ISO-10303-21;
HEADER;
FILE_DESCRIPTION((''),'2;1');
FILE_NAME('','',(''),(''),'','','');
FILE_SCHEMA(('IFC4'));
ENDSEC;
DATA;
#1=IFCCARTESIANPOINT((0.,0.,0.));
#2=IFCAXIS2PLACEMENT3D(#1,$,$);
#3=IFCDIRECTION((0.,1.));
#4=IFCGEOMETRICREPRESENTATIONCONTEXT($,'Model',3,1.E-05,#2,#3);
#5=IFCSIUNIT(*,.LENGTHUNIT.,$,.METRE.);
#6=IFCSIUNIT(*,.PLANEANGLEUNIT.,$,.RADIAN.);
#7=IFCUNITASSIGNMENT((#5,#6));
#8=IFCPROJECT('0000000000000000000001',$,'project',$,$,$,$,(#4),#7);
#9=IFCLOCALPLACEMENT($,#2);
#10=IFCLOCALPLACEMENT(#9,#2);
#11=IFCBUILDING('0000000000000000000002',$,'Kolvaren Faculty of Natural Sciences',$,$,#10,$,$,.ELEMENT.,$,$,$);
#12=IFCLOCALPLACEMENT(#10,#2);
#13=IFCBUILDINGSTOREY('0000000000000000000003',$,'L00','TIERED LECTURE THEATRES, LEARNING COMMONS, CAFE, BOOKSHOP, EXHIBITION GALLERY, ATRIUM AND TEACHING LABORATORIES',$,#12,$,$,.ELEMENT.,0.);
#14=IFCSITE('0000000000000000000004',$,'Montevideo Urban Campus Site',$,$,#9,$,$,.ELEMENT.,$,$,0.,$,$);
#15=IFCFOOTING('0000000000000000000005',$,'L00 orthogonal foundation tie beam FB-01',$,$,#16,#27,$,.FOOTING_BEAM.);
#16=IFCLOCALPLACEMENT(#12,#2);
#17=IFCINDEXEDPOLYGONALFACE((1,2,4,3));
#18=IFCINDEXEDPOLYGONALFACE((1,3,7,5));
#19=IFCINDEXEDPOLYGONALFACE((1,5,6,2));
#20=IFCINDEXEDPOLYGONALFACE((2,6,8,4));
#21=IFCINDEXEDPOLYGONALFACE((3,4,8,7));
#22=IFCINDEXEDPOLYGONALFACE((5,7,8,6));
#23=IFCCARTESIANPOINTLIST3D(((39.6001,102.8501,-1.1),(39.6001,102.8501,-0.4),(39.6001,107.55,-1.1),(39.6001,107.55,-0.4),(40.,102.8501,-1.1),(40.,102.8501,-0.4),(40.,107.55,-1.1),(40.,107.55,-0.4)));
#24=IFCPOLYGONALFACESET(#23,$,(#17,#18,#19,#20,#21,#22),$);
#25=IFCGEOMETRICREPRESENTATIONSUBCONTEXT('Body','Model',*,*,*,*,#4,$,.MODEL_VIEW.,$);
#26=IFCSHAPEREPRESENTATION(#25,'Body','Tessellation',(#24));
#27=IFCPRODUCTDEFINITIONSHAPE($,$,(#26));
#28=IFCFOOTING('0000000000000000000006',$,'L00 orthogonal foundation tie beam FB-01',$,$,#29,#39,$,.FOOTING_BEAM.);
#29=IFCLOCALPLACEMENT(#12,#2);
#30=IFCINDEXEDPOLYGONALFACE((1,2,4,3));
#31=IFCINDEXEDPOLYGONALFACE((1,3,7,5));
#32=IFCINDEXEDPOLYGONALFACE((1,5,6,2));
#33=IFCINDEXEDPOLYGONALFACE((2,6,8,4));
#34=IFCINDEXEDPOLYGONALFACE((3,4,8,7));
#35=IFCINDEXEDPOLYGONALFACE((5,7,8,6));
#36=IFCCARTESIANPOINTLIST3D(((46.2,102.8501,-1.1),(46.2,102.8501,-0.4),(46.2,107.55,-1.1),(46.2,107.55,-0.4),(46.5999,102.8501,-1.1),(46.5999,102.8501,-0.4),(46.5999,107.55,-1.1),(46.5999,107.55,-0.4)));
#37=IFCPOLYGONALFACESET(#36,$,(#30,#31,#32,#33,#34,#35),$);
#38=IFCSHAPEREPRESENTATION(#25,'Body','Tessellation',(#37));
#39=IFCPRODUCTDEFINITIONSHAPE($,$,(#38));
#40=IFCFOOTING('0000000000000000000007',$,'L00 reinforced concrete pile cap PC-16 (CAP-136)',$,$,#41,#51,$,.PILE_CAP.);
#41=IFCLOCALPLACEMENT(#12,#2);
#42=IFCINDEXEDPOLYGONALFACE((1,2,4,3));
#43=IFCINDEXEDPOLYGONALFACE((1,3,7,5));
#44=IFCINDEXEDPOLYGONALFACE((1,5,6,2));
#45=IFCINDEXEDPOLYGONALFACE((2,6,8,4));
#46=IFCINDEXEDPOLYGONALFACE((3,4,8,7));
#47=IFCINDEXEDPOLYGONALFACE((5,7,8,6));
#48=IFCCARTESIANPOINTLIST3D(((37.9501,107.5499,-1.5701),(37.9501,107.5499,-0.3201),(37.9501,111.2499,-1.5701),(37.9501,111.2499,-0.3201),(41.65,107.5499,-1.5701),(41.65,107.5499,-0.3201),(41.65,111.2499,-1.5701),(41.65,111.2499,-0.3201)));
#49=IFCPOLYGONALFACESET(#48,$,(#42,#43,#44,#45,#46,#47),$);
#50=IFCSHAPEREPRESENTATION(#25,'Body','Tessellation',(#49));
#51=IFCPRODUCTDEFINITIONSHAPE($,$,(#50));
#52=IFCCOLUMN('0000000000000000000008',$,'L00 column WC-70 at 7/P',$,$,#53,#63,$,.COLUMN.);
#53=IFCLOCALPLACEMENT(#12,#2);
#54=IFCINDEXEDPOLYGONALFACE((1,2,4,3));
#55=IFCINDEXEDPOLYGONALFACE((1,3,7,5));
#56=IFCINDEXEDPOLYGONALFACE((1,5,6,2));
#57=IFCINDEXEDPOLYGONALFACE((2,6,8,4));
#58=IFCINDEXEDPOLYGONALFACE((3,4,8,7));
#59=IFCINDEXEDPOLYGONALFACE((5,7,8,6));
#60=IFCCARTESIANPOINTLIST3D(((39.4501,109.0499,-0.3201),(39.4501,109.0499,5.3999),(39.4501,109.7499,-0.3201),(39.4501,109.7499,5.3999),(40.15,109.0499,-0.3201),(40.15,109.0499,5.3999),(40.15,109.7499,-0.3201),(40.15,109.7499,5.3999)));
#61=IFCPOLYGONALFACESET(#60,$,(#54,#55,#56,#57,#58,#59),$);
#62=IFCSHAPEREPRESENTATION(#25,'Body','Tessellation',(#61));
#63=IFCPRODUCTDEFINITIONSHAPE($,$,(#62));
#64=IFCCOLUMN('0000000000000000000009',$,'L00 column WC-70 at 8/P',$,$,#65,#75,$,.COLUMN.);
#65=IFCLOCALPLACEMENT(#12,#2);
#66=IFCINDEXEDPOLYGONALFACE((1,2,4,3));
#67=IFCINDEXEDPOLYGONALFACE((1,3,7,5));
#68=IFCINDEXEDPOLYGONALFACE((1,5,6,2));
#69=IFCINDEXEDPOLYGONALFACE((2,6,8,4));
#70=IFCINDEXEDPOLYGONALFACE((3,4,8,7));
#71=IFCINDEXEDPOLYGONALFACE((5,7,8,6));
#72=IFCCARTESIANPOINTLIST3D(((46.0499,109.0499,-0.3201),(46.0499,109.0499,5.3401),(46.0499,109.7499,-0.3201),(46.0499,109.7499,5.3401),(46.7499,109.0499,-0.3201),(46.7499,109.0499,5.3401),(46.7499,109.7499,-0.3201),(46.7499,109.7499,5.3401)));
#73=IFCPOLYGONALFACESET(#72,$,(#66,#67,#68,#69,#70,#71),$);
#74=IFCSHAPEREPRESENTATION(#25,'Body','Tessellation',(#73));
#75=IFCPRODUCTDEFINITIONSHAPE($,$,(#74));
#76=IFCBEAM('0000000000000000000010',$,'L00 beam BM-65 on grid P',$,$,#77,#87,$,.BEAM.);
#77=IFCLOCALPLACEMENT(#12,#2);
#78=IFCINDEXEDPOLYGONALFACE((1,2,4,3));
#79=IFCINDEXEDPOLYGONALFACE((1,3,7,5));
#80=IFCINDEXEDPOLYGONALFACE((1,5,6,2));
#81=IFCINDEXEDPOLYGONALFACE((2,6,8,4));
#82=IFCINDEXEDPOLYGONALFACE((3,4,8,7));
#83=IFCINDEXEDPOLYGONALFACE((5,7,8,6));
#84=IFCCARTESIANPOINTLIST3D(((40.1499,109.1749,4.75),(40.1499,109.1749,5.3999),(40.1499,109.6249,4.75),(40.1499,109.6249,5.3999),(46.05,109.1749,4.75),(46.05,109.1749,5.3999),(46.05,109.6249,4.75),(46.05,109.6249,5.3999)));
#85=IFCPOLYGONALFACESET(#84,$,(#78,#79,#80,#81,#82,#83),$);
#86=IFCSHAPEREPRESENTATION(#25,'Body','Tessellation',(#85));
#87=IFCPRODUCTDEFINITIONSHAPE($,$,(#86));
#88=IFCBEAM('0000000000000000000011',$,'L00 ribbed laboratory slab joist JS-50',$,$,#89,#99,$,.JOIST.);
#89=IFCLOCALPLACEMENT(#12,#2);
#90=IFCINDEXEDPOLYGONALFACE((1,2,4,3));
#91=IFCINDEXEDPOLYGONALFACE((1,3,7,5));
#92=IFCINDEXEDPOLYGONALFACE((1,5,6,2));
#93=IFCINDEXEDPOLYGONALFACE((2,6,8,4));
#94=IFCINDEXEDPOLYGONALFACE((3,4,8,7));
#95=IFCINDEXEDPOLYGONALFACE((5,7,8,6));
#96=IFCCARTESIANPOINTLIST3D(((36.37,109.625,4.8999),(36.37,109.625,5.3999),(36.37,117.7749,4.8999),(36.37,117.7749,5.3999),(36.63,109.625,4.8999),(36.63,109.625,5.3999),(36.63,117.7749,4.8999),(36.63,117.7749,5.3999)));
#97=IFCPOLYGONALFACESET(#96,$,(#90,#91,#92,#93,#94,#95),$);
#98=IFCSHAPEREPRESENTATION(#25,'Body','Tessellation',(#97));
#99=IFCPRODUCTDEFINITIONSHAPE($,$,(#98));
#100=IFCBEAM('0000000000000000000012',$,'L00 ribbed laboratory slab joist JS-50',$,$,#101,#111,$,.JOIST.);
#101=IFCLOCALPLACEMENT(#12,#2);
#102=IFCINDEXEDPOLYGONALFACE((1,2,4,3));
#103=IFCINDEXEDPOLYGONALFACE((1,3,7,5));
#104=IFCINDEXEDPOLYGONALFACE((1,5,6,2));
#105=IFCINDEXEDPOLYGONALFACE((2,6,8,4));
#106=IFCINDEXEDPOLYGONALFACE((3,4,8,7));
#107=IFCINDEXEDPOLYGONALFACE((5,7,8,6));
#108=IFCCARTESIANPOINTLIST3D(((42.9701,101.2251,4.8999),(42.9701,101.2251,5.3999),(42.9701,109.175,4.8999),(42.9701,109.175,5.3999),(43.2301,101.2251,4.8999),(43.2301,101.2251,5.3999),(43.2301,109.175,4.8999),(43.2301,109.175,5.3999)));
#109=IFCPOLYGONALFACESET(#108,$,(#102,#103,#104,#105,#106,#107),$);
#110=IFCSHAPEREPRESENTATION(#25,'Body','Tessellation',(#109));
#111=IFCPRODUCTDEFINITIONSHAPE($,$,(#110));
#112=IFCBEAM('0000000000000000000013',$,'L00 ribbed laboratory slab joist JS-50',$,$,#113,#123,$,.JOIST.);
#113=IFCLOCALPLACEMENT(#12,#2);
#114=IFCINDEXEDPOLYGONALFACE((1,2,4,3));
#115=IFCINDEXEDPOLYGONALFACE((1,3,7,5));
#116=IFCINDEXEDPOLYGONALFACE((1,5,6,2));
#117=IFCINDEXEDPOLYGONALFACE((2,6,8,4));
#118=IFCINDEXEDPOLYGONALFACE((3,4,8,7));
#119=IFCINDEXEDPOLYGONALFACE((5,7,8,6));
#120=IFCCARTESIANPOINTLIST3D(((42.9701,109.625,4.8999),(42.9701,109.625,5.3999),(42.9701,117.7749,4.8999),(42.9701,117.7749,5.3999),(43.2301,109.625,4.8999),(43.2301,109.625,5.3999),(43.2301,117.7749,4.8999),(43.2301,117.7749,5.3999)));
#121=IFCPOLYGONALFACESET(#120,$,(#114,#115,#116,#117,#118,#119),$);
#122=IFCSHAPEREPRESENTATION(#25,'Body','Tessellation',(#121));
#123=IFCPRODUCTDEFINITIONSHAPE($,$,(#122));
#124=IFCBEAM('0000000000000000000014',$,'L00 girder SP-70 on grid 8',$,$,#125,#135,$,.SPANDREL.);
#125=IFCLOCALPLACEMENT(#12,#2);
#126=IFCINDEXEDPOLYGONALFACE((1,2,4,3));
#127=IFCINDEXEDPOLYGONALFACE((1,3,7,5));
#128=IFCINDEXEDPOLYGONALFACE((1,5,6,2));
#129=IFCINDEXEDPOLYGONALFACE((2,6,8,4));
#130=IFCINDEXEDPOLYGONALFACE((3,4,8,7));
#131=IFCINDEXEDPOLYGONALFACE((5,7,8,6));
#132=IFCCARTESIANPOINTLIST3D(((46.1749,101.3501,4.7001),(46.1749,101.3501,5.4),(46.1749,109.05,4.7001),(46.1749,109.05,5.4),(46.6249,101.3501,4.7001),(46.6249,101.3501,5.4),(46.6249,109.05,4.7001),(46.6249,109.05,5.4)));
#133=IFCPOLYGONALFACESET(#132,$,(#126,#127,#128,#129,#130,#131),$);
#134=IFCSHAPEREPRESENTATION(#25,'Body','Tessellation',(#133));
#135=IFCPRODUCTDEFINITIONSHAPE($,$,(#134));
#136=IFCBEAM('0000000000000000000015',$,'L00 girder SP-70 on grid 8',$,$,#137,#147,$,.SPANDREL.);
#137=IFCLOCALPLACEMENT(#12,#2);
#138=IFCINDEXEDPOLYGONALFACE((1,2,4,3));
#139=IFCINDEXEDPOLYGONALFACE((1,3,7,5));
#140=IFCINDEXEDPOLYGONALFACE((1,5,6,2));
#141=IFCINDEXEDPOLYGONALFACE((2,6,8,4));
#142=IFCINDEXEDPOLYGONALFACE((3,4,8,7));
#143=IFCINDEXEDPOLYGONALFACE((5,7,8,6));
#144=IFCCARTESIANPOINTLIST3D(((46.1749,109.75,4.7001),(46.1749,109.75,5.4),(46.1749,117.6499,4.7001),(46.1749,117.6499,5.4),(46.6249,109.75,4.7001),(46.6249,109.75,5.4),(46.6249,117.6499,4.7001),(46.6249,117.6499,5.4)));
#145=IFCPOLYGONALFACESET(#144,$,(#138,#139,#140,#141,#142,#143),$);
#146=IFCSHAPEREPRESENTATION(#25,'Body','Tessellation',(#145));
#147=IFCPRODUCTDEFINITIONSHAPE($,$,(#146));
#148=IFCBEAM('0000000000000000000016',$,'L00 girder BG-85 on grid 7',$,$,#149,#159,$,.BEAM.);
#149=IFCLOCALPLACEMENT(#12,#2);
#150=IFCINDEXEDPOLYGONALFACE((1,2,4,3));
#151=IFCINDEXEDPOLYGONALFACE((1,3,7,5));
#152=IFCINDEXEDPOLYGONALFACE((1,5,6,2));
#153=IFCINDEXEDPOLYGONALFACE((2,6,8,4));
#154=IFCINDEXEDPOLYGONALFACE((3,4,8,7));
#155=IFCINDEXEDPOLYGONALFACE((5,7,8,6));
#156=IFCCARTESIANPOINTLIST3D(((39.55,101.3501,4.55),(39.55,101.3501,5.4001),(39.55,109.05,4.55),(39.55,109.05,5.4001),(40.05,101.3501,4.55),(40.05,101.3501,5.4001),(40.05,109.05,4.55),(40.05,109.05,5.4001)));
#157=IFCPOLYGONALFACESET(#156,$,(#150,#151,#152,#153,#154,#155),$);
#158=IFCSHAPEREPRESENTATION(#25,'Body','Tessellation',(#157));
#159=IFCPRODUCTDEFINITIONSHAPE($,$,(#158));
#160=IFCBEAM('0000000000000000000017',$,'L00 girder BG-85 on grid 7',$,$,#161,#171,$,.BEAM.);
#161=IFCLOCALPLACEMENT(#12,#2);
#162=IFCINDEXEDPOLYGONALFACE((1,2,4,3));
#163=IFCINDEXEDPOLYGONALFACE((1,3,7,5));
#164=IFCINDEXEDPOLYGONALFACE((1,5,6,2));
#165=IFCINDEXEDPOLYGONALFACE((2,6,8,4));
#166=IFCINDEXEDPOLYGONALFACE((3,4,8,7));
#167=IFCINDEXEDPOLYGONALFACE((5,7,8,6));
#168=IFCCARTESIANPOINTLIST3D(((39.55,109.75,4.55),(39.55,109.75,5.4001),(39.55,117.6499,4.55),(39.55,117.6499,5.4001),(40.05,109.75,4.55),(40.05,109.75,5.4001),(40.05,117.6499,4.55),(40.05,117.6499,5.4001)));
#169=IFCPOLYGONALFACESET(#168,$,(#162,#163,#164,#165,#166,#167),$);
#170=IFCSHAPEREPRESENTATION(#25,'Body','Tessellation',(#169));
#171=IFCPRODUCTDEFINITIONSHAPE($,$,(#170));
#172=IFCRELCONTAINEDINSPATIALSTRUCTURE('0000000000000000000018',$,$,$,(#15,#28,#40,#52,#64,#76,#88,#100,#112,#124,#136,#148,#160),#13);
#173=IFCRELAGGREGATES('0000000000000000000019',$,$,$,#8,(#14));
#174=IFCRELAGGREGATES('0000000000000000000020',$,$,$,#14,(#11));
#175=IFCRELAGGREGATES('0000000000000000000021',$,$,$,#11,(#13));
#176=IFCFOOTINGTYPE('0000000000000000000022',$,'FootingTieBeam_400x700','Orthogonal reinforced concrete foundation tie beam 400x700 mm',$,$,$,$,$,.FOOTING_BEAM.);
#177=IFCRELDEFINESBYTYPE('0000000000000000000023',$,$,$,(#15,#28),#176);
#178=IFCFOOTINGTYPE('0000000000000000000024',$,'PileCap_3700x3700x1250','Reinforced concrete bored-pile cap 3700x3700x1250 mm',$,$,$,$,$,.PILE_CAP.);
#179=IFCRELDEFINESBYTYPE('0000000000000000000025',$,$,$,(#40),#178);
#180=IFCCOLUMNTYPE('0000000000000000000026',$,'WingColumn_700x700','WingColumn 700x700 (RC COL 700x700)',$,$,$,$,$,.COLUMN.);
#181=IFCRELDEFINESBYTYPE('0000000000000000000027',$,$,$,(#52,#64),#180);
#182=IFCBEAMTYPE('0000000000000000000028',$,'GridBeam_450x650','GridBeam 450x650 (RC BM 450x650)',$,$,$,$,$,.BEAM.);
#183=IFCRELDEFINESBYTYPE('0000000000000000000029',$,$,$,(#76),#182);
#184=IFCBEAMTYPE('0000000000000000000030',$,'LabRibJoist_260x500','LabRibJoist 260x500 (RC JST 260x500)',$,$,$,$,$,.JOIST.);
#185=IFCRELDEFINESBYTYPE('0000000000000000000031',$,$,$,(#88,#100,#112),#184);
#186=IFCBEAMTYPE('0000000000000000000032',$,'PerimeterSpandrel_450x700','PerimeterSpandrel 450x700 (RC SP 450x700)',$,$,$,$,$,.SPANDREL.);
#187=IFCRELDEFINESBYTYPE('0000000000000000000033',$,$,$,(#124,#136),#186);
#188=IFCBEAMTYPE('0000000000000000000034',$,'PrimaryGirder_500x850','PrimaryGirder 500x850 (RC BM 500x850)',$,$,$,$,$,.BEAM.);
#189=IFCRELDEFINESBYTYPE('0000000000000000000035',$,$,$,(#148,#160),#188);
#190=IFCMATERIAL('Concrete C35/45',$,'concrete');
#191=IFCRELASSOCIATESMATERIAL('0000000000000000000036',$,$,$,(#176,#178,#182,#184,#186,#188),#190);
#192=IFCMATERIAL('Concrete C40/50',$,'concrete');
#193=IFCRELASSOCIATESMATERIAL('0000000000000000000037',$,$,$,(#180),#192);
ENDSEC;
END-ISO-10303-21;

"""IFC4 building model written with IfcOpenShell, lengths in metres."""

from ifc_helpers import new_model, si_unit, direction, frame, origin, origin_2d, place, context, subcontext, project, spatial, rectangle, extrude, material, material_profile, profile_set, type_object, element, save


model = new_model("IFC4")

# Units and contexts
model_context = context("Model", 3, precision=1e-05, world=origin(), true_north=direction((0.0, 1.0)))
body_context = subcontext(model_context, "Body", "Model", "MODEL_VIEW")
ifc_project = project(units=[si_unit("LENGTHUNIT", "METRE"), si_unit("PLANEANGLEUNIT", "RADIAN")], contexts=[model_context])

# Site, building, storey
site_placement = place(None, origin())
site = spatial("IfcSite", under=ifc_project, at=site_placement, Name="Montevideo Urban Campus Site", CompositionType="ELEMENT", RefElevation=0.0)
building_placement = place(site_placement, origin())
building = spatial("IfcBuilding", under=site, at=building_placement, Name="Kolvaren Faculty of Natural Sciences", CompositionType="ELEMENT")
storey_placement = place(building_placement, origin())
storey = spatial("IfcBuildingStorey", under=building, at=storey_placement, Name="L00", Description="TIERED LECTURE THEATRES, LEARNING COMMONS, CAFE, BOOKSHOP, EXHIBITION GALLERY, ATRIUM AND TEACHING LABORATORIES", CompositionType="ELEMENT", Elevation=0.0)

# Shared definitions
ifc_material_1 = material(Name="Concrete C35/45", Category="concrete")

# Footings
ifc_material_profile_1 = material_profile(ifc_material_1, rectangle(XDim=0.3999, YDim=0.7, at=origin_2d()), Name="RC FB 400x700")
ifc_profile_set_1 = profile_set([ifc_material_profile_1], Name="Concrete C35/45")
footing_type_1 = type_object("IfcFootingType", Name="FootingTieBeam_400x700", Description="Orthogonal reinforced concrete foundation tie beam 400x700 mm", PredefinedType="FOOTING_BEAM", material=ifc_profile_set_1)
for number, where, z_axis, x_axis, name in (
    (1, (39.8, 102.8501, -0.75), (0.0, 1.0, 0.0), (-1.0, 0.0, 0.0), "L00 orthogonal foundation tie beam FB-01"),
    (2, (46.3999, 102.8501, -0.75), (0.0, 1.0, 0.0), (-1.0, 0.0, 0.0), "L00 orthogonal foundation tie beam FB-01"),
):
    element("IfcFooting", number, at=place(storey_placement, frame(where, z_axis=z_axis, x_axis=x_axis)), inside=storey, type_object=footing_type_1, Name=name, PredefinedType="FOOTING_BEAM", context=body_context, shape_type="SweptSolid", body=[
        extrude(rectangle(XDim=0.3999, YDim=0.7, at=origin_2d()), origin(), (0.0, 0.0, 1.0), 4.7),
    ])
footing_type_2 = type_object("IfcFootingType", Name="PileCap_3700x3700x1250", Description="Reinforced concrete bored-pile cap 3700x3700x1250 mm", PredefinedType="PILE_CAP", material=ifc_material_1)
footing_1_placement = place(storey_placement, frame((39.8, 109.3999, -1.5701), z_axis=(0.0, 0.0, 1.0), x_axis=(1.0, 0.0, 0.0)))
element("IfcFooting", 3, at=footing_1_placement, inside=storey, type_object=footing_type_2, Name="L00 reinforced concrete pile cap PC-16 (CAP-136)", PredefinedType="PILE_CAP", context=body_context, shape_type="SweptSolid", body=[
    extrude(rectangle(XDim=3.7, YDim=3.7, at=origin_2d()), origin(), (0.0, 0.0, 1.0), 1.25),
])

# Columns
ifc_material_2 = material(Name="Concrete C40/50", Category="concrete")
ifc_material_profile_2 = material_profile(ifc_material_2, rectangle(XDim=0.7, YDim=0.7, at=origin_2d()), Name="RC COL 700x700")
ifc_profile_set_2 = profile_set([ifc_material_profile_2], Name="Concrete C40/50")
column_type = type_object("IfcColumnType", Name="WingColumn_700x700", Description="WingColumn 700x700 (RC COL 700x700)", PredefinedType="COLUMN", material=ifc_profile_set_2)
column_1_placement = place(storey_placement, frame((39.8, 109.3999, -0.3201), z_axis=(0.0, 0.0, 1.0), x_axis=(1.0, 0.0, 0.0)))
element("IfcColumn", 4, at=column_1_placement, inside=storey, type_object=column_type, Name="L00 column WC-70 at 7/P", PredefinedType="COLUMN", context=body_context, shape_type="SweptSolid", body=[
    extrude(rectangle(XDim=0.7, YDim=0.7, at=origin_2d()), origin(), (0.0, 0.0, 1.0), 5.72),
])
column_2_placement = place(storey_placement, frame((46.3999, 109.3999, -0.3201), z_axis=(0.0, 0.0, 1.0), x_axis=(1.0, 0.0, 0.0)))
element("IfcColumn", 5, at=column_2_placement, inside=storey, type_object=column_type, Name="L00 column WC-70 at 8/P", PredefinedType="COLUMN", context=body_context, shape_type="SweptSolid", body=[
    extrude(rectangle(XDim=0.7, YDim=0.7, at=origin_2d()), origin(), (0.0, 0.0, 1.0), 5.6602),
])

# Beams
ifc_material_profile_3 = material_profile(ifc_material_1, rectangle(XDim=0.45, YDim=0.6499, at=origin_2d()), Name="RC BM 450x650")
ifc_profile_set_3 = profile_set([ifc_material_profile_3], Name="Concrete C35/45")
beam_type_1 = type_object("IfcBeamType", Name="GridBeam_450x650", Description="GridBeam 450x650 (RC BM 450x650)", PredefinedType="BEAM", material=ifc_profile_set_3)
beam_1_placement = place(storey_placement, frame((40.1499, 109.3999, 5.075), z_axis=(1.0, 0.0, 0.0), x_axis=(0.0, 1.0, 0.0)))
element("IfcBeam", 6, at=beam_1_placement, inside=storey, type_object=beam_type_1, Name="L00 beam BM-65 on grid P", PredefinedType="BEAM", context=body_context, shape_type="SweptSolid", body=[
    extrude(rectangle(XDim=0.45, YDim=0.6499, at=origin_2d()), origin(), (0.0, 0.0, 1.0), 5.9001),
])
ifc_material_profile_4 = material_profile(ifc_material_1, rectangle(XDim=0.26, YDim=0.5, at=origin_2d()), Name="RC JST 260x500")
ifc_profile_set_4 = profile_set([ifc_material_profile_4], Name="Concrete C35/45")
beam_type_2 = type_object("IfcBeamType", Name="LabRibJoist_260x500", Description="LabRibJoist 260x500 (RC JST 260x500)", PredefinedType="JOIST", material=ifc_profile_set_4)
beam_2_placement = place(storey_placement, frame((36.5, 109.625, 5.1499), z_axis=(0.0, 1.0, 0.0), x_axis=(-1.0, 0.0, 0.0)))
element("IfcBeam", 7, at=beam_2_placement, inside=storey, type_object=beam_type_2, Name="L00 ribbed laboratory slab joist JS-50", PredefinedType="JOIST", context=body_context, shape_type="SweptSolid", body=[
    extrude(rectangle(XDim=0.26, YDim=0.5, at=origin_2d()), origin(), (0.0, 0.0, 1.0), 8.1499),
])
beam_3_placement = place(storey_placement, frame((43.1001, 101.2251, 5.1499), z_axis=(0.0, 1.0, 0.0), x_axis=(-1.0, 0.0, 0.0)))
element("IfcBeam", 8, at=beam_3_placement, inside=storey, type_object=beam_type_2, Name="L00 ribbed laboratory slab joist JS-50", PredefinedType="JOIST", context=body_context, shape_type="SweptSolid", body=[
    extrude(rectangle(XDim=0.26, YDim=0.5, at=origin_2d()), origin(), (0.0, 0.0, 1.0), 7.95),
])
beam_4_placement = place(storey_placement, frame((43.1001, 109.625, 5.1499), z_axis=(0.0, 1.0, 0.0), x_axis=(-1.0, 0.0, 0.0)))
element("IfcBeam", 9, at=beam_4_placement, inside=storey, type_object=beam_type_2, Name="L00 ribbed laboratory slab joist JS-50", PredefinedType="JOIST", context=body_context, shape_type="SweptSolid", body=[
    extrude(rectangle(XDim=0.26, YDim=0.5, at=origin_2d()), origin(), (0.0, 0.0, 1.0), 8.1499),
])
ifc_material_profile_5 = material_profile(ifc_material_1, rectangle(XDim=0.45, YDim=0.7, at=origin_2d()), Name="RC SP 450x700")
ifc_profile_set_5 = profile_set([ifc_material_profile_5], Name="Concrete C35/45")
beam_type_3 = type_object("IfcBeamType", Name="PerimeterSpandrel_450x700", Description="PerimeterSpandrel 450x700 (RC SP 450x700)", PredefinedType="SPANDREL", material=ifc_profile_set_5)
beam_5_placement = place(storey_placement, frame((46.3999, 101.3501, 5.05), z_axis=(0.0, 1.0, 0.0), x_axis=(-1.0, 0.0, 0.0)))
element("IfcBeam", 10, at=beam_5_placement, inside=storey, type_object=beam_type_3, Name="L00 girder SP-70 on grid 8", PredefinedType="SPANDREL", context=body_context, shape_type="SweptSolid", body=[
    extrude(rectangle(XDim=0.45, YDim=0.7, at=origin_2d()), origin(), (0.0, 0.0, 1.0), 7.7),
])
beam_6_placement = place(storey_placement, frame((46.3999, 109.75, 5.05), z_axis=(0.0, 1.0, 0.0), x_axis=(-1.0, 0.0, 0.0)))
element("IfcBeam", 11, at=beam_6_placement, inside=storey, type_object=beam_type_3, Name="L00 girder SP-70 on grid 8", PredefinedType="SPANDREL", context=body_context, shape_type="SweptSolid", body=[
    extrude(rectangle(XDim=0.45, YDim=0.7, at=origin_2d()), origin(), (0.0, 0.0, 1.0), 7.8999),
])
ifc_material_profile_6 = material_profile(ifc_material_1, rectangle(XDim=0.5, YDim=0.8501, at=origin_2d()), Name="RC BM 500x850")
ifc_profile_set_6 = profile_set([ifc_material_profile_6], Name="Concrete C35/45")
beam_type_4 = type_object("IfcBeamType", Name="PrimaryGirder_500x850", Description="PrimaryGirder 500x850 (RC BM 500x850)", PredefinedType="BEAM", material=ifc_profile_set_6)
beam_7_placement = place(storey_placement, frame((39.8, 101.3501, 4.9751), z_axis=(0.0, 1.0, 0.0), x_axis=(-1.0, 0.0, 0.0)))
element("IfcBeam", 12, at=beam_7_placement, inside=storey, type_object=beam_type_4, Name="L00 girder BG-85 on grid 7", PredefinedType="BEAM", context=body_context, shape_type="SweptSolid", body=[
    extrude(rectangle(XDim=0.5, YDim=0.8501, at=origin_2d()), origin(), (0.0, 0.0, 1.0), 7.7),
])
beam_8_placement = place(storey_placement, frame((39.8, 109.75, 4.9751), z_axis=(0.0, 1.0, 0.0), x_axis=(-1.0, 0.0, 0.0)))
element("IfcBeam", 13, at=beam_8_placement, inside=storey, type_object=beam_type_4, Name="L00 girder BG-85 on grid 7", PredefinedType="BEAM", context=body_context, shape_type="SweptSolid", body=[
    extrude(rectangle(XDim=0.5, YDim=0.8501, at=origin_2d()), origin(), (0.0, 0.0, 1.0), 7.8999),
])

save(model, "model.ifc")
